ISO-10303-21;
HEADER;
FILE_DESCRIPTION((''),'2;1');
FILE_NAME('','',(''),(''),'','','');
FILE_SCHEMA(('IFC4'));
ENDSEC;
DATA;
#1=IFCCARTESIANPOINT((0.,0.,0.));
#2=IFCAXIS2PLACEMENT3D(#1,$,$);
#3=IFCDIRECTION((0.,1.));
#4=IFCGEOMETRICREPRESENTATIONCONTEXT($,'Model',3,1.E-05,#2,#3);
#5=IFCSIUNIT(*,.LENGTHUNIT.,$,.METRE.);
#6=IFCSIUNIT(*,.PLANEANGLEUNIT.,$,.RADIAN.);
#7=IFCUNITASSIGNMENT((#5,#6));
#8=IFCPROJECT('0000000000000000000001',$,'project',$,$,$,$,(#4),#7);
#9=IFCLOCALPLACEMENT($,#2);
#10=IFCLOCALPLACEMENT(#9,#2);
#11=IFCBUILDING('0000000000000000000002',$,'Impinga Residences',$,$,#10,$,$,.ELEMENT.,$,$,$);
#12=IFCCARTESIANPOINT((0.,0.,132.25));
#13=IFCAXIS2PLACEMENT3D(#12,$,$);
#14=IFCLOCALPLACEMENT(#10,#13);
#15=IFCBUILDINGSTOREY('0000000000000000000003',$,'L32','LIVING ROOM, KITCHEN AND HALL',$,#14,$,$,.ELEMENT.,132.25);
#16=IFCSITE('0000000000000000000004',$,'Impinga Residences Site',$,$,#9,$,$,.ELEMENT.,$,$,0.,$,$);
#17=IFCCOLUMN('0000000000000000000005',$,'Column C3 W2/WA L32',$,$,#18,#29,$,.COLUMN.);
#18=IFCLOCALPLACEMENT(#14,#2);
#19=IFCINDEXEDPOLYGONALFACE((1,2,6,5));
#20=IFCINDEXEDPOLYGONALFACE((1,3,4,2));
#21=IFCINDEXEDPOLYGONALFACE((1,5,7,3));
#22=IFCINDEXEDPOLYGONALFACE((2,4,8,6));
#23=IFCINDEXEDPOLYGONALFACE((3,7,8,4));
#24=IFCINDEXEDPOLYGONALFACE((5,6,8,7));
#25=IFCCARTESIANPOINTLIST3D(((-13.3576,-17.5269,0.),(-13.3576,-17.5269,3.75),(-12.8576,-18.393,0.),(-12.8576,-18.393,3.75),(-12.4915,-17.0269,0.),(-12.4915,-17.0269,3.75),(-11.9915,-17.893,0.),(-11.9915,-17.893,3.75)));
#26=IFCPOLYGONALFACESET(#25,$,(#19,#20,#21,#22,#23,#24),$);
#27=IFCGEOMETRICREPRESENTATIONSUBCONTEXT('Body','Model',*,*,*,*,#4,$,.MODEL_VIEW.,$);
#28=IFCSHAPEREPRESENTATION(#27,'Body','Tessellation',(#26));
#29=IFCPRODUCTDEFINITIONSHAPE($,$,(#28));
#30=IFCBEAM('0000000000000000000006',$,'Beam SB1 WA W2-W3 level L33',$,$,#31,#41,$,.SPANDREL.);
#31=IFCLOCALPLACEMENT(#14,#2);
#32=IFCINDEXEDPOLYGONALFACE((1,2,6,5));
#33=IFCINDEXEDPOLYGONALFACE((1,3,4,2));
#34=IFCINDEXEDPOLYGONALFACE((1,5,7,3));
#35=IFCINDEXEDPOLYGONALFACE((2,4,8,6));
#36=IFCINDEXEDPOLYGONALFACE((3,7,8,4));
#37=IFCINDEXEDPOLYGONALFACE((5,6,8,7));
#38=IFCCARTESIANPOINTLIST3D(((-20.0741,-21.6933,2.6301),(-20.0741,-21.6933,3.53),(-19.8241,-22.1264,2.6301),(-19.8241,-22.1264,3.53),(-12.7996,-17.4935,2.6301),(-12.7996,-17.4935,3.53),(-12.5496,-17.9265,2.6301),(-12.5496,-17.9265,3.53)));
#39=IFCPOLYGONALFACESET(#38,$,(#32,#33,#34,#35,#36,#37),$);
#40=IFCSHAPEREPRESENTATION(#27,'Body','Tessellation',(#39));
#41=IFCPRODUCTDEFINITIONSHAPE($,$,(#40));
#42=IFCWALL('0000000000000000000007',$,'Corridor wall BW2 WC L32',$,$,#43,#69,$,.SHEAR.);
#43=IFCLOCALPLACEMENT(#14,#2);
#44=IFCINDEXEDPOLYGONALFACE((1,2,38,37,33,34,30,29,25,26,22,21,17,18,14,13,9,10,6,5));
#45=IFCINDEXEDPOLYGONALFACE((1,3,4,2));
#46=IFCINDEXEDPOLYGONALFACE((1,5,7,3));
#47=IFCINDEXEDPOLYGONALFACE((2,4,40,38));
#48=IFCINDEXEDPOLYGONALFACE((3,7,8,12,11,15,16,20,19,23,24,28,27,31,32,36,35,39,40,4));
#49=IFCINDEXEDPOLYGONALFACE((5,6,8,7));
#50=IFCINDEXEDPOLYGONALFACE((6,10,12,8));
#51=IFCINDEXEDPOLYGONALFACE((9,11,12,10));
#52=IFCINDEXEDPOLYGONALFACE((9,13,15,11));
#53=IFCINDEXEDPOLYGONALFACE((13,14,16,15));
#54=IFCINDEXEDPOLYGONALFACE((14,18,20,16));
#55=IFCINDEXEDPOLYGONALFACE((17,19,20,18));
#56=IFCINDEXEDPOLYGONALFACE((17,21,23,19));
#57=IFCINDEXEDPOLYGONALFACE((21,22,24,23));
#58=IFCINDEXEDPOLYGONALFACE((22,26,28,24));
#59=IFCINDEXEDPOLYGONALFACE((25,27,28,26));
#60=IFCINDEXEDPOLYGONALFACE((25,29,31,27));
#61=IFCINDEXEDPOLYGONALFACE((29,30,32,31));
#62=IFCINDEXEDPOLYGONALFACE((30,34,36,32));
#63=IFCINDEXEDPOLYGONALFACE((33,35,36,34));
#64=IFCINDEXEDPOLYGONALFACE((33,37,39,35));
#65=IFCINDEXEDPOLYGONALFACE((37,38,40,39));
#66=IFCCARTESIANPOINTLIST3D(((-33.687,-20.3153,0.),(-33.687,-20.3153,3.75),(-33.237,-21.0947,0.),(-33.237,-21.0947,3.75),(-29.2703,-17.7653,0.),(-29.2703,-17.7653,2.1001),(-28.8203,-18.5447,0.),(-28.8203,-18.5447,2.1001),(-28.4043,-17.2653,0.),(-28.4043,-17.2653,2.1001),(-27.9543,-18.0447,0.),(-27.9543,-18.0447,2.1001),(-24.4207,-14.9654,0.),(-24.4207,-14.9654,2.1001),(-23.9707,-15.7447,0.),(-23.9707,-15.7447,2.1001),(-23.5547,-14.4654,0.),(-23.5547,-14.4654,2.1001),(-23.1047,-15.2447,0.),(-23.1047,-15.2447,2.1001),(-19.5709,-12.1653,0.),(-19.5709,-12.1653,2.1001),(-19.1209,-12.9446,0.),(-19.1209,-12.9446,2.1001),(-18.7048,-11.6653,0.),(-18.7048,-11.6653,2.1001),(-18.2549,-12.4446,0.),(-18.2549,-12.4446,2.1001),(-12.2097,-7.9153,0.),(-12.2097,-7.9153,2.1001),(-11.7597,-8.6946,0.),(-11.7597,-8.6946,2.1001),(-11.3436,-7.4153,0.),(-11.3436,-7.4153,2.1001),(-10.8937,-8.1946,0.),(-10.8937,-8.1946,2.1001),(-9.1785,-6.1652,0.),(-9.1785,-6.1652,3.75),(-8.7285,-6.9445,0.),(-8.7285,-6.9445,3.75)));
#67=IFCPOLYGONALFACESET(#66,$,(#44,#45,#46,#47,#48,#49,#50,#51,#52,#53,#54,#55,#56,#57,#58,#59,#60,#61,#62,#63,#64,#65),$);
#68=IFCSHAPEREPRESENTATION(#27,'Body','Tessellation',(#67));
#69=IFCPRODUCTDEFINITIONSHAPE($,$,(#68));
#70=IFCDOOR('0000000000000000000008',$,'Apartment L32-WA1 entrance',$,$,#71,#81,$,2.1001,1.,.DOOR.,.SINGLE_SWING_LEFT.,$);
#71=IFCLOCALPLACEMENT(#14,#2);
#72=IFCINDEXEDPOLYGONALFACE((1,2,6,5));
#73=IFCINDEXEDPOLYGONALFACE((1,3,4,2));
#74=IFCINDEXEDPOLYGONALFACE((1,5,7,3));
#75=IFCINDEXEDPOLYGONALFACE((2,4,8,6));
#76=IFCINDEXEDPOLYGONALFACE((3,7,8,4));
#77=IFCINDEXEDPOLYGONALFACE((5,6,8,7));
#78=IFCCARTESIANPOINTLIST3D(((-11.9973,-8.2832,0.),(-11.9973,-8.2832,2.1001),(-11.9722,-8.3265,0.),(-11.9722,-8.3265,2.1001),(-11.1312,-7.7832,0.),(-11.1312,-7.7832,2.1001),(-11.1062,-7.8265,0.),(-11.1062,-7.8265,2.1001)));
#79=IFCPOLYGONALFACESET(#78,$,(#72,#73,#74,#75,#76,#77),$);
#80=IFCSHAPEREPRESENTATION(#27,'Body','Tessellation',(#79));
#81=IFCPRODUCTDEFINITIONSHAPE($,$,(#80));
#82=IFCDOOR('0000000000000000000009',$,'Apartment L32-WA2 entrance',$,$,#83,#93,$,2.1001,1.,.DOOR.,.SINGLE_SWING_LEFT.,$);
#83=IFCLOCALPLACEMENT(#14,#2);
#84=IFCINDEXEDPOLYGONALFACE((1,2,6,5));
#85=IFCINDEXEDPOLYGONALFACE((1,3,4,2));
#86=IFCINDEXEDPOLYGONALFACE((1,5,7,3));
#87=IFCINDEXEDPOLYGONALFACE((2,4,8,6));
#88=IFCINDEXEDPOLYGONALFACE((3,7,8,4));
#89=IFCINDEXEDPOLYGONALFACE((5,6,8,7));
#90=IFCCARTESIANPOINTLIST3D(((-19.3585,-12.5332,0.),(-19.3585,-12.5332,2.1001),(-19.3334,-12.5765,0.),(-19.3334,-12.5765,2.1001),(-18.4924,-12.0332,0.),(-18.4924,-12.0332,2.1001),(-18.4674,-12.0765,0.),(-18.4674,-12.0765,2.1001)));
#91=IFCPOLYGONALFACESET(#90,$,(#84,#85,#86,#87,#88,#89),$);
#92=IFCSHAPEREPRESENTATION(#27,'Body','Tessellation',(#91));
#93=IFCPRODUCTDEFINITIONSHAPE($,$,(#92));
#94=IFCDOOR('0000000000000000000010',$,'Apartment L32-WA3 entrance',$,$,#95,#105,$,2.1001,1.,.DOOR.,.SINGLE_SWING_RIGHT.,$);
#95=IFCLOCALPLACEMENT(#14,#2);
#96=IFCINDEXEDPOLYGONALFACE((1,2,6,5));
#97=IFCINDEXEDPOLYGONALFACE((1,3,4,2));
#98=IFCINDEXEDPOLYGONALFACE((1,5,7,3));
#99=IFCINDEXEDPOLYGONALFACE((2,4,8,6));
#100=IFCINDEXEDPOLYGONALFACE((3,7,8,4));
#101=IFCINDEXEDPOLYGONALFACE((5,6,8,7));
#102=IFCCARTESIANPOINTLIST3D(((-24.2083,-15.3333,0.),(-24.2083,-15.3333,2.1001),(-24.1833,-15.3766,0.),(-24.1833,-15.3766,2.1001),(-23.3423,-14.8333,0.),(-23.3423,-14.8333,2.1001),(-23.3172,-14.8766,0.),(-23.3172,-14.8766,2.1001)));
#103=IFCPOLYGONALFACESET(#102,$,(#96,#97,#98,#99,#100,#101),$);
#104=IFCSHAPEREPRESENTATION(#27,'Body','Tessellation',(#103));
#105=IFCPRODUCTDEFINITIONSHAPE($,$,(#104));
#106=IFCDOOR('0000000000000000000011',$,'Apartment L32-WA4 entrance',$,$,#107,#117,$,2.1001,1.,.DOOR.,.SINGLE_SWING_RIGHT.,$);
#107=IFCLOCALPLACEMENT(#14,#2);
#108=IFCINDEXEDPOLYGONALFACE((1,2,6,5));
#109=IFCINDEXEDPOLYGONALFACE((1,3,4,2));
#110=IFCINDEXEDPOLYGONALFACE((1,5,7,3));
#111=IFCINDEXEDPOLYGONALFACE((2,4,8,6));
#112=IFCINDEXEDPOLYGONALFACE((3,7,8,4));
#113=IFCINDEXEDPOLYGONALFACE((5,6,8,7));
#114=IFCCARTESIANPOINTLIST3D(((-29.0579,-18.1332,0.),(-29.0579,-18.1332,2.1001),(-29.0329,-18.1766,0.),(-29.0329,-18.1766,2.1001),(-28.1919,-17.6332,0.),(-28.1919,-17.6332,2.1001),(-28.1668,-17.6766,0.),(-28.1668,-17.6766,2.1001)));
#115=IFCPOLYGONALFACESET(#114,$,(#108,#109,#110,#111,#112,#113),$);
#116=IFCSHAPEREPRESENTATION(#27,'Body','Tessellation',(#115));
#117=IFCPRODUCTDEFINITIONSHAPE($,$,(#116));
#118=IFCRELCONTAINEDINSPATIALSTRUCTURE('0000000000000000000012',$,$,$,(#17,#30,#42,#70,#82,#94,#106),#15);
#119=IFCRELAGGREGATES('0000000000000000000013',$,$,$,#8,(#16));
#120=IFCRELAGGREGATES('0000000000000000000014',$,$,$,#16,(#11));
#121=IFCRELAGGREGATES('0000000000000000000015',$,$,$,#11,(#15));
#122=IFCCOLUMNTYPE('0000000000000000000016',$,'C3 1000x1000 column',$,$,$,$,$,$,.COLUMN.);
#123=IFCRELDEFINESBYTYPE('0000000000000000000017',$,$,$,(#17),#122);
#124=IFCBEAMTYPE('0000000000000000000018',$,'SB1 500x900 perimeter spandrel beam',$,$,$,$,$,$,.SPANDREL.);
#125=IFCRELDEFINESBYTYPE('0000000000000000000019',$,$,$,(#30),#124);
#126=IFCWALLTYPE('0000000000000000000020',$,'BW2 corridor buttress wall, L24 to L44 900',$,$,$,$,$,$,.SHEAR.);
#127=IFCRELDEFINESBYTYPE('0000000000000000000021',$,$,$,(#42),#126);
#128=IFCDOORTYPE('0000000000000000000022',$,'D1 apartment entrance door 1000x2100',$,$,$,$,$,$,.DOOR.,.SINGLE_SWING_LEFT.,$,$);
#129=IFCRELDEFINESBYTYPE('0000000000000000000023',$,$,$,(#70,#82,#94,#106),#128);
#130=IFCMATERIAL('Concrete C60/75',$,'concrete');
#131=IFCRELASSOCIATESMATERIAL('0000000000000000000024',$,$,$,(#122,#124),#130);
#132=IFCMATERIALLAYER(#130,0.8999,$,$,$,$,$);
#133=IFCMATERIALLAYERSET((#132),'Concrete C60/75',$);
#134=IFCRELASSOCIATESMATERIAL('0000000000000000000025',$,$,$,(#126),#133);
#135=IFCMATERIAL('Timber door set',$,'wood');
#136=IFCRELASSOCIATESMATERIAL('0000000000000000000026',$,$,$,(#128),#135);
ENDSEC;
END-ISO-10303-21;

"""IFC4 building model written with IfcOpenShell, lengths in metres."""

from ifc_helpers import new_model, si_unit, direction, frame, frame_2d, origin, origin_2d, place, context, subcontext, project, spatial, rectangle, extrude, material, layer, layer_set, material_profile, profile_set, type_object, element, fill, save


model = new_model("IFC4")

# Units and contexts
model_context = context("Model", 3, precision=1e-05, world=origin(), true_north=direction((0.0, 1.0)))
body_context = subcontext(model_context, "Body", "Model", "MODEL_VIEW")
ifc_project = project(units=[si_unit("LENGTHUNIT", "METRE"), si_unit("PLANEANGLEUNIT", "RADIAN")], contexts=[model_context])

# Site, building, storey
site_placement = place(None, origin())
site = spatial("IfcSite", under=ifc_project, at=site_placement, Name="Impinga Residences Site", CompositionType="ELEMENT", RefElevation=0.0)
building_placement = place(site_placement, origin())
building = spatial("IfcBuilding", under=site, at=building_placement, Name="Impinga Residences", CompositionType="ELEMENT")
storey_placement = place(building_placement, frame((0.0, 0.0, 132.25)))
storey = spatial("IfcBuildingStorey", under=building, at=storey_placement, Name="L32", Description="LIVING ROOM, KITCHEN AND HALL", CompositionType="ELEMENT", Elevation=132.25)

# Column
ifc_material_1 = material(Name="Concrete C60/75", Category="concrete")
ifc_material_profile_1 = material_profile(ifc_material_1, rectangle(XDim=1.0, YDim=1.0, at=origin_2d()), Name="RC 1000x1000")
ifc_profile_set_1 = profile_set([ifc_material_profile_1], Name="Concrete C60/75")
column_type = type_object("IfcColumnType", Name="C3 1000x1000 column", PredefinedType="COLUMN", material=ifc_profile_set_1)
column_placement = place(storey_placement, frame((-12.6746, -17.71, 0.0), z_axis=(0.0, 0.0, 1.0), x_axis=(-0.5, 0.866025, 0.0)))
element("IfcColumn", 1, at=column_placement, inside=storey, type_object=column_type, Name="Column C3 W2/WA L32", PredefinedType="COLUMN", context=body_context, shape_type="SweptSolid", body=[
    extrude(rectangle(XDim=1.0, YDim=1.0, at=origin_2d()), origin(), (0.0, 0.0, 1.0), 3.75),
])

# Beam
ifc_material_profile_2 = material_profile(ifc_material_1, rectangle(XDim=0.5, YDim=0.8999, at=origin_2d()), Name="RC 500x900")
ifc_profile_set_2 = profile_set([ifc_material_profile_2], Name="Concrete C60/75")
beam_type = type_object("IfcBeamType", Name="SB1 500x900 perimeter spandrel beam", PredefinedType="SPANDREL", material=ifc_profile_set_2)
beam_placement = place(storey_placement, frame((-12.6746, -17.71, 3.0801), z_axis=(-0.866029, -0.499993, 0.0), x_axis=(0.499993, -0.866029, 0.0)))
element("IfcBeam", 2, at=beam_placement, inside=storey, type_object=beam_type, Name="Beam SB1 WA W2-W3 level L33", PredefinedType="SPANDREL", context=body_context, shape_type="SweptSolid", body=[
    extrude(rectangle(XDim=0.5, YDim=0.8999, at=origin_2d()), origin(), (0.0, 0.0, 1.0), 8.3999),
])

# Wall, openings, doors
ifc_layer_1 = layer(ifc_material_1, 0.8999)
ifc_layer_set_1 = layer_set([ifc_layer_1], Name="Concrete C60/75")
wall_type_1 = type_object("IfcWallType", Name="BW2 corridor buttress wall, L24 to L44 900", PredefinedType="SHEAR", material=ifc_layer_set_1)
wall_1_placement = place(storey_placement, frame((-8.9536, -6.5549, 0.0), z_axis=(0.0, 0.0, 1.0), x_axis=(-0.866023, -0.500003, 0.0)))
wall_1 = element("IfcWall", 3, at=wall_1_placement, inside=storey, type_object=wall_type_1, Name="Corridor wall BW2 WC L32", PredefinedType="SHEAR", context=body_context, shape_type="SweptSolid", body=[
    extrude(rectangle(XDim=28.3, YDim=0.8999, at=frame_2d((14.1499, 0.0))), origin(), (0.0, 0.0, 1.0), 3.75),
])
opening_1_placement = place(wall_1_placement, frame((2.5, 0.0, 0.0)))
opening_1 = element("IfcOpeningElement", 4, at=opening_1_placement, cuts=wall_1, PredefinedType="OPENING", context=body_context, shape_type="SweptSolid", body=[
    extrude(rectangle(XDim=1.0, YDim=2.1001, at=frame_2d((0.5, 1.05))), frame((0.0, 0.46, 0.0), z_axis=(0.0, -1.0, 0.0), x_axis=(1.0, 0.0, 0.0)), (0.0, 0.0, 1.0), 0.9199),
])
opening_2_placement = place(wall_1_placement, frame((11.0, 0.0, 0.0)))
opening_2 = element("IfcOpeningElement", 5, at=opening_2_placement, cuts=wall_1, PredefinedType="OPENING", context=body_context, shape_type="SweptSolid", body=[
    extrude(rectangle(XDim=1.0, YDim=2.1001, at=frame_2d((0.5, 1.05))), frame((0.0, 0.46, 0.0), z_axis=(0.0, -1.0, 0.0), x_axis=(1.0, 0.0, 0.0)), (0.0, 0.0, 1.0), 0.9199),
])
opening_3_placement = place(wall_1_placement, frame((16.6001, 0.0, 0.0)))
opening_3 = element("IfcOpeningElement", 6, at=opening_3_placement, cuts=wall_1, PredefinedType="OPENING", context=body_context, shape_type="SweptSolid", body=[
    extrude(rectangle(XDim=1.0, YDim=2.1001, at=frame_2d((0.5, 1.05))), frame((0.0, 0.46, 0.0), z_axis=(0.0, -1.0, 0.0), x_axis=(1.0, 0.0, 0.0)), (0.0, 0.0, 1.0), 0.9199),
])
opening_4_placement = place(wall_1_placement, frame((22.2, 0.0, 0.0)))
opening_4 = element("IfcOpeningElement", 7, at=opening_4_placement, cuts=wall_1, PredefinedType="OPENING", context=body_context, shape_type="SweptSolid", body=[
    extrude(rectangle(XDim=1.0, YDim=2.1001, at=frame_2d((0.5, 1.05))), frame((0.0, 0.46, 0.0), z_axis=(0.0, -1.0, 0.0), x_axis=(1.0, 0.0, 0.0)), (0.0, 0.0, 1.0), 0.9199),
])
ifc_material_2 = material(Name="Timber door set", Category="wood")
door_type_1 = type_object("IfcDoorType", Name="D1 apartment entrance door 1000x2100", OperationType="SINGLE_SWING_LEFT", PredefinedType="DOOR", material=ifc_material_2)
door_1_placement = place(opening_1_placement, origin())
door_1 = element("IfcDoor", 8, at=door_1_placement, inside=storey, type_object=door_type_1, Name="Apartment L32-WA1 entrance", OperationType="SINGLE_SWING_LEFT", OverallHeight=2.1001, OverallWidth=1.0, PredefinedType="DOOR", context=body_context, shape_type="SweptSolid", body=[
    extrude(rectangle(XDim=1.0, YDim=2.1001, at=frame_2d((0.5, 1.05))), frame((0.0, 0.0249, 0.0), z_axis=(0.0, -1.0, 0.0), x_axis=(1.0, 0.0, 0.0)), (0.0, 0.0, 1.0), 0.05),
])
fill(opening_1, door_1)
door_2_placement = place(opening_2_placement, origin())
door_2 = element("IfcDoor", 9, at=door_2_placement, inside=storey, type_object=door_type_1, Name="Apartment L32-WA2 entrance", OperationType="SINGLE_SWING_LEFT", OverallHeight=2.1001, OverallWidth=1.0, PredefinedType="DOOR", context=body_context, shape_type="SweptSolid", body=[
    extrude(rectangle(XDim=1.0, YDim=2.1001, at=frame_2d((0.5, 1.05))), frame((0.0, 0.0249, 0.0), z_axis=(0.0, -1.0, 0.0), x_axis=(1.0, 0.0, 0.0)), (0.0, 0.0, 1.0), 0.05),
])
fill(opening_2, door_2)
door_3_placement = place(opening_3_placement, origin())
door_3 = element("IfcDoor", 10, at=door_3_placement, inside=storey, type_object=door_type_1, Name="Apartment L32-WA3 entrance", OperationType="SINGLE_SWING_RIGHT", OverallHeight=2.1001, OverallWidth=1.0, PredefinedType="DOOR", context=body_context, shape_type="SweptSolid", body=[
    extrude(rectangle(XDim=1.0, YDim=2.1001, at=frame_2d((0.5, 1.05))), frame((0.0, 0.0249, 0.0), z_axis=(0.0, -1.0, 0.0), x_axis=(1.0, 0.0, 0.0)), (0.0, 0.0, 1.0), 0.05),
])
fill(opening_3, door_3)
door_4_placement = place(opening_4_placement, origin())
door_4 = element("IfcDoor", 11, at=door_4_placement, inside=storey, type_object=door_type_1, Name="Apartment L32-WA4 entrance", OperationType="SINGLE_SWING_RIGHT", OverallHeight=2.1001, OverallWidth=1.0, PredefinedType="DOOR", context=body_context, shape_type="SweptSolid", body=[
    extrude(rectangle(XDim=1.0, YDim=2.1001, at=frame_2d((0.5, 1.05))), frame((0.0, 0.0249, 0.0), z_axis=(0.0, -1.0, 0.0), x_axis=(1.0, 0.0, 0.0)), (0.0, 0.0, 1.0), 0.05),
])
fill(opening_4, door_4)

save(model, "model.ifc")
